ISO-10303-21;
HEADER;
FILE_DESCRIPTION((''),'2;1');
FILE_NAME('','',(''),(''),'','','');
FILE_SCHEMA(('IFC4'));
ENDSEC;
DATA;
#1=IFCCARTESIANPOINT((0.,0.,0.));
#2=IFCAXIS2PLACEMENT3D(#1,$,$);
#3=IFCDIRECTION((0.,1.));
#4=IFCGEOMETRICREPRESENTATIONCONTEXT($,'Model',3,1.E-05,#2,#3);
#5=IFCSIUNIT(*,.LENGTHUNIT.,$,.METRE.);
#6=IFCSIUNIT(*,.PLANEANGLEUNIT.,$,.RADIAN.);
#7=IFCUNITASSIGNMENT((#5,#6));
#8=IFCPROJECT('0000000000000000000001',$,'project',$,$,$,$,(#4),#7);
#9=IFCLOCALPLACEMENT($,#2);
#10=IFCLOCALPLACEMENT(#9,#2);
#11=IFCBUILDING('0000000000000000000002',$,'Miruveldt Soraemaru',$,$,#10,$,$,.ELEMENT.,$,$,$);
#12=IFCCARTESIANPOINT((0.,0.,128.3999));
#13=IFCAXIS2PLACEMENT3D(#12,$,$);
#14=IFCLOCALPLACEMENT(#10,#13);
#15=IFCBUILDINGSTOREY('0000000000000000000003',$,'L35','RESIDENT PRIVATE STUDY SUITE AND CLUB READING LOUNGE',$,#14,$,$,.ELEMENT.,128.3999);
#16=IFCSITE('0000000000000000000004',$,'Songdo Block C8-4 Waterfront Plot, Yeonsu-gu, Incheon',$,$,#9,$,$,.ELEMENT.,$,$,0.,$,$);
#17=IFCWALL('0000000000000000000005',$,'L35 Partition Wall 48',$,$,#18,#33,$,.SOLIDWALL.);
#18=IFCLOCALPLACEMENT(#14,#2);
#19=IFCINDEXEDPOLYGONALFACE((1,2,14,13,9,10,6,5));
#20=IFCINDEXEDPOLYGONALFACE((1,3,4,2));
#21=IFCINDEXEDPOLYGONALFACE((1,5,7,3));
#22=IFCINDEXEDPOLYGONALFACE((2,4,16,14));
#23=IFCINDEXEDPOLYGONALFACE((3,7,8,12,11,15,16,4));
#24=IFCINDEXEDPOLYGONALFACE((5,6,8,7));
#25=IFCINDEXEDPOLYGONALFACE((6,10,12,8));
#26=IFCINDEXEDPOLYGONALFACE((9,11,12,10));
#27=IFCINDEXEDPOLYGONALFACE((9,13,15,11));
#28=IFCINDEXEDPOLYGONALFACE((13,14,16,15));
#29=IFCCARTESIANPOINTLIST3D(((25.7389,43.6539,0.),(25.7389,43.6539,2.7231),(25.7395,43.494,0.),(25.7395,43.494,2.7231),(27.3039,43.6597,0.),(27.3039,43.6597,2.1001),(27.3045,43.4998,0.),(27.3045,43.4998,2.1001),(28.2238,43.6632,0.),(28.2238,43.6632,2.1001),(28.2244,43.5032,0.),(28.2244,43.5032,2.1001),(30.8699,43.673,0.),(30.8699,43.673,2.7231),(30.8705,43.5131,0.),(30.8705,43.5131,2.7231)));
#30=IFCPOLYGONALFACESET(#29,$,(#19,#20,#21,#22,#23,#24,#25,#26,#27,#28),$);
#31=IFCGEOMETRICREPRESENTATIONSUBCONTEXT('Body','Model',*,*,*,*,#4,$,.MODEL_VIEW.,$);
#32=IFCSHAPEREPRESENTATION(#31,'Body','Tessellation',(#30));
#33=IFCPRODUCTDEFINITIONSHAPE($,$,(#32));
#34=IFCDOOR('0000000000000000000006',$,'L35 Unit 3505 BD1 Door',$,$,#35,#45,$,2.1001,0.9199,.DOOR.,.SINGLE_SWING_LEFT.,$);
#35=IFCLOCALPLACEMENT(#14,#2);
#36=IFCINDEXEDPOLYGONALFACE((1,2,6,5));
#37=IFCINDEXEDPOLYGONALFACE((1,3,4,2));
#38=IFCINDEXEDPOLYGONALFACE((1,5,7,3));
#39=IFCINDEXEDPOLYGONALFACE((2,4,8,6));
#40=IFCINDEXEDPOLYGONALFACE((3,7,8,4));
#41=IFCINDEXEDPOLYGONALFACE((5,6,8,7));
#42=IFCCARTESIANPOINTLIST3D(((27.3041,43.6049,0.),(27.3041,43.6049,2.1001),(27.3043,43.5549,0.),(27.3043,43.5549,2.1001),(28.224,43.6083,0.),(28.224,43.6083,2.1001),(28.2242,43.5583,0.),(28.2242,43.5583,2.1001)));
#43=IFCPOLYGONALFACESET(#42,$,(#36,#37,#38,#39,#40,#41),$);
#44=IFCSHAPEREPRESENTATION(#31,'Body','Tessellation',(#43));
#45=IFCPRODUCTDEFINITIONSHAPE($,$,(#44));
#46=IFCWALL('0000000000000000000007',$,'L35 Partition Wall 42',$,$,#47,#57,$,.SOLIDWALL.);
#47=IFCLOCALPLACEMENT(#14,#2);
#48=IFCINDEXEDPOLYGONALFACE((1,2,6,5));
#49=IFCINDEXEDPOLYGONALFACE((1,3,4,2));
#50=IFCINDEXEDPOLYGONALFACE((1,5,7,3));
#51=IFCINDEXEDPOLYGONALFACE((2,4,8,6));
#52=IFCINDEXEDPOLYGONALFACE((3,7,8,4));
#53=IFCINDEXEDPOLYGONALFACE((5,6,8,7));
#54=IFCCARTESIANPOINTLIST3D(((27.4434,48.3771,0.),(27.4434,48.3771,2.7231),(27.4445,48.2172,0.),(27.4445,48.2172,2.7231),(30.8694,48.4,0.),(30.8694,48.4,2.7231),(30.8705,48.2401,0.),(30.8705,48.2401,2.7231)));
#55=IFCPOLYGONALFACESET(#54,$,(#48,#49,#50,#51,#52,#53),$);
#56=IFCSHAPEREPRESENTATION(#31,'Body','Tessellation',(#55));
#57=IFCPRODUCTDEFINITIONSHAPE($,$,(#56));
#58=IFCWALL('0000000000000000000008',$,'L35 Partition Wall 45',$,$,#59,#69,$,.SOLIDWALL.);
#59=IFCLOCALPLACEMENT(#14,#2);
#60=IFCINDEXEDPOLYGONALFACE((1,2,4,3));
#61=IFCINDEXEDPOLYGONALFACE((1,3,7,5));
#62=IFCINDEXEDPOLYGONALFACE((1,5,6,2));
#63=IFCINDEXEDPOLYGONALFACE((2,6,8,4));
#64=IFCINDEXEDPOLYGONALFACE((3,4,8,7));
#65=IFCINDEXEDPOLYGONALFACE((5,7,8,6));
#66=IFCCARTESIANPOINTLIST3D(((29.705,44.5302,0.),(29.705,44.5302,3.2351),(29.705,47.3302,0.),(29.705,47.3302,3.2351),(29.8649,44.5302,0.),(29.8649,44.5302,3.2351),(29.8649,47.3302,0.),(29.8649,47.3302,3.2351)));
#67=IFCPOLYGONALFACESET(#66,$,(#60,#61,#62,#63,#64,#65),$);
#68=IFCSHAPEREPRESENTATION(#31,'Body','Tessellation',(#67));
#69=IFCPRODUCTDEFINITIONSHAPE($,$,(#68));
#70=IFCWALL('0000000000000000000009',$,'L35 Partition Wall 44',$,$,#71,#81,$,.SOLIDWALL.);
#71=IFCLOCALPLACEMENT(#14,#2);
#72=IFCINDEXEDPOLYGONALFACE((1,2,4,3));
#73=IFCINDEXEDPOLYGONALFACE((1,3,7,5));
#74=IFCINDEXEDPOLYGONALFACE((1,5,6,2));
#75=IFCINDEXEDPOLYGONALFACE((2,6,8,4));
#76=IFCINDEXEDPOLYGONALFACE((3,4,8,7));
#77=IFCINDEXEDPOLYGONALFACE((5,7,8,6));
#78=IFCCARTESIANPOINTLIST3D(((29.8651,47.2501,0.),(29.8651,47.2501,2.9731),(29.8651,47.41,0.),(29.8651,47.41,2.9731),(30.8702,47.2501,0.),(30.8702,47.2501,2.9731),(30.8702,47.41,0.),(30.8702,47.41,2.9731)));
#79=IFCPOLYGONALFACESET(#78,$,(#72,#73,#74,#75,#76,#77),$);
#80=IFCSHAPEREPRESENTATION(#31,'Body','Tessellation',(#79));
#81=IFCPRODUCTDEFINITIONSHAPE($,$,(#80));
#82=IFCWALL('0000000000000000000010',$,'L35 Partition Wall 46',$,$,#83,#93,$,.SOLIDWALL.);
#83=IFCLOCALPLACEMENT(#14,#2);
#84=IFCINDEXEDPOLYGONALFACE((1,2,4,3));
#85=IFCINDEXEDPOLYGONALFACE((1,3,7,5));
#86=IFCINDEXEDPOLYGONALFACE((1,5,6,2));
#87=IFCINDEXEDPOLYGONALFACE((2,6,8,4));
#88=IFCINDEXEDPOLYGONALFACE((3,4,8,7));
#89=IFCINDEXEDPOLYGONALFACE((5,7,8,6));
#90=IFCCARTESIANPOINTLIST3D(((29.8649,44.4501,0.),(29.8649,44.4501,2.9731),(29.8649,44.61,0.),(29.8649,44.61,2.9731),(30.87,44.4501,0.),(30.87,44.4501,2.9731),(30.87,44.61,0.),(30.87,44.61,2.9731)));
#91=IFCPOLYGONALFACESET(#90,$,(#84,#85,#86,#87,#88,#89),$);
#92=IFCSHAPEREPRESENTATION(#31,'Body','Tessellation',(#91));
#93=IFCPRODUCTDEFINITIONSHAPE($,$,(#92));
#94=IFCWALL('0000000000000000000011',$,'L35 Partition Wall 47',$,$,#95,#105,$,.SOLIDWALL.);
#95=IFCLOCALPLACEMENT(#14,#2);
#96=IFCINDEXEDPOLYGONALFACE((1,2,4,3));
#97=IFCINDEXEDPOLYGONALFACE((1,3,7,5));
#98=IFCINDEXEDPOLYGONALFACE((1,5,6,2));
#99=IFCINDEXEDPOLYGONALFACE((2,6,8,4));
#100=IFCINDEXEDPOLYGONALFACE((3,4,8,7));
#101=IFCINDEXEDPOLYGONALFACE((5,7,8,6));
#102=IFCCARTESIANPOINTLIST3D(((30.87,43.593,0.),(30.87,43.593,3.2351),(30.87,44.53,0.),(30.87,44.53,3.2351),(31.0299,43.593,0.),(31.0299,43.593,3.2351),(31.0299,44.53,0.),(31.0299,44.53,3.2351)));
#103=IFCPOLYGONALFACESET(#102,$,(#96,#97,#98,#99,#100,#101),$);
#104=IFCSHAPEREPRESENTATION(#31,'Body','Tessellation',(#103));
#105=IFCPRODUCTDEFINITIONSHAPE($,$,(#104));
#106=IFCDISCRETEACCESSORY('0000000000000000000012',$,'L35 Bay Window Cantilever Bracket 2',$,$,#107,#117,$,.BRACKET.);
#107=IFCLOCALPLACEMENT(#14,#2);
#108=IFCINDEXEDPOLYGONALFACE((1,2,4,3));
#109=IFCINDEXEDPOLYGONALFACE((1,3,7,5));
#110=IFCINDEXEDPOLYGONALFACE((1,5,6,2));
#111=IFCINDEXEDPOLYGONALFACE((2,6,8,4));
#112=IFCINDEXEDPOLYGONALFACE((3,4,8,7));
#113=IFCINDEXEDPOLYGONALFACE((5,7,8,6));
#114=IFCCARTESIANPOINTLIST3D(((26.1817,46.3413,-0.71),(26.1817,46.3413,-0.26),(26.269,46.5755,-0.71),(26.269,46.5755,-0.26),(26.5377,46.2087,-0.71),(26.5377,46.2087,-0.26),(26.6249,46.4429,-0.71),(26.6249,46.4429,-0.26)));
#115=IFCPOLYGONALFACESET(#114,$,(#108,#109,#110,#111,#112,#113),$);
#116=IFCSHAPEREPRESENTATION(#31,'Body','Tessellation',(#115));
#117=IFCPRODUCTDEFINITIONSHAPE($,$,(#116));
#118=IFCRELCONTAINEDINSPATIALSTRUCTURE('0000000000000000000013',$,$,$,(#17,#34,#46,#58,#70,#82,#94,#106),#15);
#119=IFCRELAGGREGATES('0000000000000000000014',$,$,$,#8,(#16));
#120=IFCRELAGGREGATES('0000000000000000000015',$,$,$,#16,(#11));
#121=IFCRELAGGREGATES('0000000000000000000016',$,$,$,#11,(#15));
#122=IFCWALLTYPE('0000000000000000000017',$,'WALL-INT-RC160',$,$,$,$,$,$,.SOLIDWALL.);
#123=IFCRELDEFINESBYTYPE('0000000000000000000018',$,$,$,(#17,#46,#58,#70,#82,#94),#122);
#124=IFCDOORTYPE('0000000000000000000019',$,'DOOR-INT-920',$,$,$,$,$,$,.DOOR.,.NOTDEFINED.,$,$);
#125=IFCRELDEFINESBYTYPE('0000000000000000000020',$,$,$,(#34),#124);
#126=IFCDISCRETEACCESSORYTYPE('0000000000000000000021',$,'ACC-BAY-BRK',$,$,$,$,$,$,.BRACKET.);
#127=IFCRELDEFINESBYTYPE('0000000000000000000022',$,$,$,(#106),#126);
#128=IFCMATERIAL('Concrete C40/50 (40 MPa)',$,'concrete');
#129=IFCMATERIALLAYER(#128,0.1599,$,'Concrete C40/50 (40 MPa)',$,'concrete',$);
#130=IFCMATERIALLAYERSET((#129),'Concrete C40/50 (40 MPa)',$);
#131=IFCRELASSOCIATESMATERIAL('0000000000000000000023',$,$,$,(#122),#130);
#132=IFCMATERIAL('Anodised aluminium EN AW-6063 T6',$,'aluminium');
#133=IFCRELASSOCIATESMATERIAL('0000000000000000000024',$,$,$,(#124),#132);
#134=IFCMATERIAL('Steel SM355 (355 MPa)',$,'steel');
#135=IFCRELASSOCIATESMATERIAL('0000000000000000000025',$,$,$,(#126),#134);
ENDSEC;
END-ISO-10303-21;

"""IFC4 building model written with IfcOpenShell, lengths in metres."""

from ifc_helpers import new_model, si_unit, direction, frame, frame_2d, origin, origin_2d, place, context, subcontext, project, spatial, rectangle, extrude, material, layer, layer_set, type_object, element, fill, save


model = new_model("IFC4")

# Units and contexts
model_context = context("Model", 3, precision=1e-05, world=origin(), true_north=direction((0.0, 1.0)))
body_context = subcontext(model_context, "Body", "Model", "MODEL_VIEW")
ifc_project = project(units=[si_unit("LENGTHUNIT", "METRE"), si_unit("PLANEANGLEUNIT", "RADIAN")], contexts=[model_context])

# Site, building, storey
site_placement = place(None, origin())
site = spatial("IfcSite", under=ifc_project, at=site_placement, Name="Songdo Block C8-4 Waterfront Plot, Yeonsu-gu, Incheon", CompositionType="ELEMENT", RefElevation=0.0)
building_placement = place(site_placement, origin())
building = spatial("IfcBuilding", under=site, at=building_placement, Name="Miruveldt Soraemaru", CompositionType="ELEMENT")
storey_placement = place(building_placement, frame((0.0, 0.0, 128.3999)))
storey = spatial("IfcBuildingStorey", under=building, at=storey_placement, Name="L35", Description="RESIDENT PRIVATE STUDY SUITE AND CLUB READING LOUNGE", CompositionType="ELEMENT", Elevation=128.3999)

# Shared definitions
ifc_material_1 = material(Name="Anodised aluminium EN AW-6063 T6", Category="aluminium")

# Wall, opening, door
ifc_material_2 = material(Name="Concrete C40/50 (40 MPa)", Category="concrete")
ifc_layer_1 = layer(ifc_material_2, 0.1599, Name="Concrete C40/50 (40 MPa)", Category="concrete")
ifc_layer_set_1 = layer_set([ifc_layer_1], Name="Concrete C40/50 (40 MPa)")
wall_type_1 = type_object("IfcWallType", Name="WALL-INT-RC160", PredefinedType="SOLIDWALL", material=ifc_layer_set_1)
wall_1_placement = place(storey_placement, frame((30.8701, 43.593, 0.0), z_axis=(0.0, 0.0, 1.0), x_axis=(-0.999993, -0.003711, 0.0)))
wall_1 = element("IfcWall", 1, at=wall_1_placement, inside=storey, type_object=wall_type_1, Name="L35 Partition Wall 48", PredefinedType="SOLIDWALL", context=body_context, shape_type="SweptSolid", body=[
    extrude(rectangle(XDim=5.1311, YDim=0.1599, at=frame_2d((2.5654, 0.0))), origin(), (0.0, 0.0, 1.0), 2.7231),
])
opening_1_placement = place(wall_1_placement, frame((2.646, 0.0, 0.0)))
opening_1 = element("IfcOpeningElement", 2, at=opening_1_placement, cuts=wall_1, PredefinedType="OPENING", context=body_context, shape_type="SweptSolid", body=[
    extrude(rectangle(XDim=0.9199, YDim=2.1001, at=frame_2d((0.46, 1.05))), frame((0.0, 0.0898, 0.0), z_axis=(0.0, -1.0, 0.0), x_axis=(1.0, 0.0, 0.0)), (0.0, 0.0, 1.0), 0.1799),
])
door_type = type_object("IfcDoorType", Name="DOOR-INT-920", OperationType="NOTDEFINED", PredefinedType="DOOR", material=ifc_material_1)
door_placement = place(opening_1_placement, origin())
door = element("IfcDoor", 3, at=door_placement, inside=storey, type_object=door_type, Name="L35 Unit 3505 BD1 Door", OperationType="SINGLE_SWING_LEFT", OverallHeight=2.1001, OverallWidth=0.9199, PredefinedType="DOOR", context=body_context, shape_type="SweptSolid", body=[
    extrude(rectangle(XDim=0.9199, YDim=2.1001, at=frame_2d((0.46, 1.05))), frame((0.0, 0.0249, 0.0), z_axis=(0.0, -1.0, 0.0), x_axis=(1.0, 0.0, 0.0)), (0.0, 0.0, 1.0), 0.05),
])
fill(opening_1, door)

# Walls
wall_2_placement = place(storey_placement, frame((27.4441, 48.2971, 0.0), z_axis=(0.0, 0.0, 1.0), x_axis=(0.999978, 0.006698, 0.0)))
element("IfcWall", 4, at=wall_2_placement, inside=storey, type_object=wall_type_1, Name="L35 Partition Wall 42", PredefinedType="SOLIDWALL", context=body_context, shape_type="SweptSolid", body=[
    extrude(rectangle(XDim=3.426, YDim=0.1599, at=frame_2d((1.7129, 0.0))), origin(), (0.0, 0.0, 1.0), 2.7231),
])
wall_3_placement = place(storey_placement, frame((29.7849, 47.3301, 0.0), z_axis=(0.0, 0.0, 1.0), x_axis=(0.0, -1.0, 0.0)))
element("IfcWall", 5, at=wall_3_placement, inside=storey, type_object=wall_type_1, Name="L35 Partition Wall 45", PredefinedType="SOLIDWALL", context=body_context, shape_type="SweptSolid", body=[
    extrude(rectangle(XDim=2.8, YDim=0.1599, at=frame_2d((1.3999, 0.0))), origin(), (0.0, 0.0, 1.0), 3.2351),
])
for number, where, z_axis, x_axis, name in (
    (6, (30.8701, 47.3301, 0.0), (0.0, 0.0, 1.0), (-1.0, 0.0, 0.0), "L35 Partition Wall 44"),
    (7, (29.865, 44.53, 0.0), (0.0, 0.0, 1.0), (1.0, 0.0, 0.0), "L35 Partition Wall 46"),
):
    element("IfcWall", number, at=place(storey_placement, frame(where, z_axis=z_axis, x_axis=x_axis)), inside=storey, type_object=wall_type_1, Name=name, PredefinedType="SOLIDWALL", context=body_context, shape_type="SweptSolid", body=[
        extrude(rectangle(XDim=1.0051, YDim=0.1599, at=frame_2d((0.5024, 0.0))), origin(), (0.0, 0.0, 1.0), 2.9731),
    ])
wall_4_placement = place(storey_placement, frame((30.95, 44.53, 0.0), z_axis=(0.0, 0.0, 1.0), x_axis=(0.0, -1.0, 0.0)))
element("IfcWall", 8, at=wall_4_placement, inside=storey, type_object=wall_type_1, Name="L35 Partition Wall 47", PredefinedType="SOLIDWALL", context=body_context, shape_type="SweptSolid", body=[
    extrude(rectangle(XDim=0.937, YDim=0.1599, at=frame_2d((0.4685, 0.0))), origin(), (0.0, 0.0, 1.0), 3.2351),
])

# Discrete accessory
ifc_material_3 = material(Name="Steel SM355 (355 MPa)", Category="steel")
discrete_accessory_type = type_object("IfcDiscreteAccessoryType", Name="ACC-BAY-BRK", PredefinedType="BRACKET", material=ifc_material_3)
discrete_accessory_placement = place(storey_placement, frame((26.4033, 46.3921, -0.71), z_axis=(0.0, 0.0, 1.0), x_axis=(-0.937105, 0.349046, 0.0)))
element("IfcDiscreteAccessory", 9, at=discrete_accessory_placement, inside=storey, type_object=discrete_accessory_type, Name="L35 Bay Window Cantilever Bracket 2", PredefinedType="BRACKET", context=body_context, shape_type="SweptSolid", body=[
    extrude(rectangle(XDim=0.3799, YDim=0.25, at=origin_2d()), origin(), (0.0, 0.0, 1.0), 0.45),
])

save(model, "model.ifc")
